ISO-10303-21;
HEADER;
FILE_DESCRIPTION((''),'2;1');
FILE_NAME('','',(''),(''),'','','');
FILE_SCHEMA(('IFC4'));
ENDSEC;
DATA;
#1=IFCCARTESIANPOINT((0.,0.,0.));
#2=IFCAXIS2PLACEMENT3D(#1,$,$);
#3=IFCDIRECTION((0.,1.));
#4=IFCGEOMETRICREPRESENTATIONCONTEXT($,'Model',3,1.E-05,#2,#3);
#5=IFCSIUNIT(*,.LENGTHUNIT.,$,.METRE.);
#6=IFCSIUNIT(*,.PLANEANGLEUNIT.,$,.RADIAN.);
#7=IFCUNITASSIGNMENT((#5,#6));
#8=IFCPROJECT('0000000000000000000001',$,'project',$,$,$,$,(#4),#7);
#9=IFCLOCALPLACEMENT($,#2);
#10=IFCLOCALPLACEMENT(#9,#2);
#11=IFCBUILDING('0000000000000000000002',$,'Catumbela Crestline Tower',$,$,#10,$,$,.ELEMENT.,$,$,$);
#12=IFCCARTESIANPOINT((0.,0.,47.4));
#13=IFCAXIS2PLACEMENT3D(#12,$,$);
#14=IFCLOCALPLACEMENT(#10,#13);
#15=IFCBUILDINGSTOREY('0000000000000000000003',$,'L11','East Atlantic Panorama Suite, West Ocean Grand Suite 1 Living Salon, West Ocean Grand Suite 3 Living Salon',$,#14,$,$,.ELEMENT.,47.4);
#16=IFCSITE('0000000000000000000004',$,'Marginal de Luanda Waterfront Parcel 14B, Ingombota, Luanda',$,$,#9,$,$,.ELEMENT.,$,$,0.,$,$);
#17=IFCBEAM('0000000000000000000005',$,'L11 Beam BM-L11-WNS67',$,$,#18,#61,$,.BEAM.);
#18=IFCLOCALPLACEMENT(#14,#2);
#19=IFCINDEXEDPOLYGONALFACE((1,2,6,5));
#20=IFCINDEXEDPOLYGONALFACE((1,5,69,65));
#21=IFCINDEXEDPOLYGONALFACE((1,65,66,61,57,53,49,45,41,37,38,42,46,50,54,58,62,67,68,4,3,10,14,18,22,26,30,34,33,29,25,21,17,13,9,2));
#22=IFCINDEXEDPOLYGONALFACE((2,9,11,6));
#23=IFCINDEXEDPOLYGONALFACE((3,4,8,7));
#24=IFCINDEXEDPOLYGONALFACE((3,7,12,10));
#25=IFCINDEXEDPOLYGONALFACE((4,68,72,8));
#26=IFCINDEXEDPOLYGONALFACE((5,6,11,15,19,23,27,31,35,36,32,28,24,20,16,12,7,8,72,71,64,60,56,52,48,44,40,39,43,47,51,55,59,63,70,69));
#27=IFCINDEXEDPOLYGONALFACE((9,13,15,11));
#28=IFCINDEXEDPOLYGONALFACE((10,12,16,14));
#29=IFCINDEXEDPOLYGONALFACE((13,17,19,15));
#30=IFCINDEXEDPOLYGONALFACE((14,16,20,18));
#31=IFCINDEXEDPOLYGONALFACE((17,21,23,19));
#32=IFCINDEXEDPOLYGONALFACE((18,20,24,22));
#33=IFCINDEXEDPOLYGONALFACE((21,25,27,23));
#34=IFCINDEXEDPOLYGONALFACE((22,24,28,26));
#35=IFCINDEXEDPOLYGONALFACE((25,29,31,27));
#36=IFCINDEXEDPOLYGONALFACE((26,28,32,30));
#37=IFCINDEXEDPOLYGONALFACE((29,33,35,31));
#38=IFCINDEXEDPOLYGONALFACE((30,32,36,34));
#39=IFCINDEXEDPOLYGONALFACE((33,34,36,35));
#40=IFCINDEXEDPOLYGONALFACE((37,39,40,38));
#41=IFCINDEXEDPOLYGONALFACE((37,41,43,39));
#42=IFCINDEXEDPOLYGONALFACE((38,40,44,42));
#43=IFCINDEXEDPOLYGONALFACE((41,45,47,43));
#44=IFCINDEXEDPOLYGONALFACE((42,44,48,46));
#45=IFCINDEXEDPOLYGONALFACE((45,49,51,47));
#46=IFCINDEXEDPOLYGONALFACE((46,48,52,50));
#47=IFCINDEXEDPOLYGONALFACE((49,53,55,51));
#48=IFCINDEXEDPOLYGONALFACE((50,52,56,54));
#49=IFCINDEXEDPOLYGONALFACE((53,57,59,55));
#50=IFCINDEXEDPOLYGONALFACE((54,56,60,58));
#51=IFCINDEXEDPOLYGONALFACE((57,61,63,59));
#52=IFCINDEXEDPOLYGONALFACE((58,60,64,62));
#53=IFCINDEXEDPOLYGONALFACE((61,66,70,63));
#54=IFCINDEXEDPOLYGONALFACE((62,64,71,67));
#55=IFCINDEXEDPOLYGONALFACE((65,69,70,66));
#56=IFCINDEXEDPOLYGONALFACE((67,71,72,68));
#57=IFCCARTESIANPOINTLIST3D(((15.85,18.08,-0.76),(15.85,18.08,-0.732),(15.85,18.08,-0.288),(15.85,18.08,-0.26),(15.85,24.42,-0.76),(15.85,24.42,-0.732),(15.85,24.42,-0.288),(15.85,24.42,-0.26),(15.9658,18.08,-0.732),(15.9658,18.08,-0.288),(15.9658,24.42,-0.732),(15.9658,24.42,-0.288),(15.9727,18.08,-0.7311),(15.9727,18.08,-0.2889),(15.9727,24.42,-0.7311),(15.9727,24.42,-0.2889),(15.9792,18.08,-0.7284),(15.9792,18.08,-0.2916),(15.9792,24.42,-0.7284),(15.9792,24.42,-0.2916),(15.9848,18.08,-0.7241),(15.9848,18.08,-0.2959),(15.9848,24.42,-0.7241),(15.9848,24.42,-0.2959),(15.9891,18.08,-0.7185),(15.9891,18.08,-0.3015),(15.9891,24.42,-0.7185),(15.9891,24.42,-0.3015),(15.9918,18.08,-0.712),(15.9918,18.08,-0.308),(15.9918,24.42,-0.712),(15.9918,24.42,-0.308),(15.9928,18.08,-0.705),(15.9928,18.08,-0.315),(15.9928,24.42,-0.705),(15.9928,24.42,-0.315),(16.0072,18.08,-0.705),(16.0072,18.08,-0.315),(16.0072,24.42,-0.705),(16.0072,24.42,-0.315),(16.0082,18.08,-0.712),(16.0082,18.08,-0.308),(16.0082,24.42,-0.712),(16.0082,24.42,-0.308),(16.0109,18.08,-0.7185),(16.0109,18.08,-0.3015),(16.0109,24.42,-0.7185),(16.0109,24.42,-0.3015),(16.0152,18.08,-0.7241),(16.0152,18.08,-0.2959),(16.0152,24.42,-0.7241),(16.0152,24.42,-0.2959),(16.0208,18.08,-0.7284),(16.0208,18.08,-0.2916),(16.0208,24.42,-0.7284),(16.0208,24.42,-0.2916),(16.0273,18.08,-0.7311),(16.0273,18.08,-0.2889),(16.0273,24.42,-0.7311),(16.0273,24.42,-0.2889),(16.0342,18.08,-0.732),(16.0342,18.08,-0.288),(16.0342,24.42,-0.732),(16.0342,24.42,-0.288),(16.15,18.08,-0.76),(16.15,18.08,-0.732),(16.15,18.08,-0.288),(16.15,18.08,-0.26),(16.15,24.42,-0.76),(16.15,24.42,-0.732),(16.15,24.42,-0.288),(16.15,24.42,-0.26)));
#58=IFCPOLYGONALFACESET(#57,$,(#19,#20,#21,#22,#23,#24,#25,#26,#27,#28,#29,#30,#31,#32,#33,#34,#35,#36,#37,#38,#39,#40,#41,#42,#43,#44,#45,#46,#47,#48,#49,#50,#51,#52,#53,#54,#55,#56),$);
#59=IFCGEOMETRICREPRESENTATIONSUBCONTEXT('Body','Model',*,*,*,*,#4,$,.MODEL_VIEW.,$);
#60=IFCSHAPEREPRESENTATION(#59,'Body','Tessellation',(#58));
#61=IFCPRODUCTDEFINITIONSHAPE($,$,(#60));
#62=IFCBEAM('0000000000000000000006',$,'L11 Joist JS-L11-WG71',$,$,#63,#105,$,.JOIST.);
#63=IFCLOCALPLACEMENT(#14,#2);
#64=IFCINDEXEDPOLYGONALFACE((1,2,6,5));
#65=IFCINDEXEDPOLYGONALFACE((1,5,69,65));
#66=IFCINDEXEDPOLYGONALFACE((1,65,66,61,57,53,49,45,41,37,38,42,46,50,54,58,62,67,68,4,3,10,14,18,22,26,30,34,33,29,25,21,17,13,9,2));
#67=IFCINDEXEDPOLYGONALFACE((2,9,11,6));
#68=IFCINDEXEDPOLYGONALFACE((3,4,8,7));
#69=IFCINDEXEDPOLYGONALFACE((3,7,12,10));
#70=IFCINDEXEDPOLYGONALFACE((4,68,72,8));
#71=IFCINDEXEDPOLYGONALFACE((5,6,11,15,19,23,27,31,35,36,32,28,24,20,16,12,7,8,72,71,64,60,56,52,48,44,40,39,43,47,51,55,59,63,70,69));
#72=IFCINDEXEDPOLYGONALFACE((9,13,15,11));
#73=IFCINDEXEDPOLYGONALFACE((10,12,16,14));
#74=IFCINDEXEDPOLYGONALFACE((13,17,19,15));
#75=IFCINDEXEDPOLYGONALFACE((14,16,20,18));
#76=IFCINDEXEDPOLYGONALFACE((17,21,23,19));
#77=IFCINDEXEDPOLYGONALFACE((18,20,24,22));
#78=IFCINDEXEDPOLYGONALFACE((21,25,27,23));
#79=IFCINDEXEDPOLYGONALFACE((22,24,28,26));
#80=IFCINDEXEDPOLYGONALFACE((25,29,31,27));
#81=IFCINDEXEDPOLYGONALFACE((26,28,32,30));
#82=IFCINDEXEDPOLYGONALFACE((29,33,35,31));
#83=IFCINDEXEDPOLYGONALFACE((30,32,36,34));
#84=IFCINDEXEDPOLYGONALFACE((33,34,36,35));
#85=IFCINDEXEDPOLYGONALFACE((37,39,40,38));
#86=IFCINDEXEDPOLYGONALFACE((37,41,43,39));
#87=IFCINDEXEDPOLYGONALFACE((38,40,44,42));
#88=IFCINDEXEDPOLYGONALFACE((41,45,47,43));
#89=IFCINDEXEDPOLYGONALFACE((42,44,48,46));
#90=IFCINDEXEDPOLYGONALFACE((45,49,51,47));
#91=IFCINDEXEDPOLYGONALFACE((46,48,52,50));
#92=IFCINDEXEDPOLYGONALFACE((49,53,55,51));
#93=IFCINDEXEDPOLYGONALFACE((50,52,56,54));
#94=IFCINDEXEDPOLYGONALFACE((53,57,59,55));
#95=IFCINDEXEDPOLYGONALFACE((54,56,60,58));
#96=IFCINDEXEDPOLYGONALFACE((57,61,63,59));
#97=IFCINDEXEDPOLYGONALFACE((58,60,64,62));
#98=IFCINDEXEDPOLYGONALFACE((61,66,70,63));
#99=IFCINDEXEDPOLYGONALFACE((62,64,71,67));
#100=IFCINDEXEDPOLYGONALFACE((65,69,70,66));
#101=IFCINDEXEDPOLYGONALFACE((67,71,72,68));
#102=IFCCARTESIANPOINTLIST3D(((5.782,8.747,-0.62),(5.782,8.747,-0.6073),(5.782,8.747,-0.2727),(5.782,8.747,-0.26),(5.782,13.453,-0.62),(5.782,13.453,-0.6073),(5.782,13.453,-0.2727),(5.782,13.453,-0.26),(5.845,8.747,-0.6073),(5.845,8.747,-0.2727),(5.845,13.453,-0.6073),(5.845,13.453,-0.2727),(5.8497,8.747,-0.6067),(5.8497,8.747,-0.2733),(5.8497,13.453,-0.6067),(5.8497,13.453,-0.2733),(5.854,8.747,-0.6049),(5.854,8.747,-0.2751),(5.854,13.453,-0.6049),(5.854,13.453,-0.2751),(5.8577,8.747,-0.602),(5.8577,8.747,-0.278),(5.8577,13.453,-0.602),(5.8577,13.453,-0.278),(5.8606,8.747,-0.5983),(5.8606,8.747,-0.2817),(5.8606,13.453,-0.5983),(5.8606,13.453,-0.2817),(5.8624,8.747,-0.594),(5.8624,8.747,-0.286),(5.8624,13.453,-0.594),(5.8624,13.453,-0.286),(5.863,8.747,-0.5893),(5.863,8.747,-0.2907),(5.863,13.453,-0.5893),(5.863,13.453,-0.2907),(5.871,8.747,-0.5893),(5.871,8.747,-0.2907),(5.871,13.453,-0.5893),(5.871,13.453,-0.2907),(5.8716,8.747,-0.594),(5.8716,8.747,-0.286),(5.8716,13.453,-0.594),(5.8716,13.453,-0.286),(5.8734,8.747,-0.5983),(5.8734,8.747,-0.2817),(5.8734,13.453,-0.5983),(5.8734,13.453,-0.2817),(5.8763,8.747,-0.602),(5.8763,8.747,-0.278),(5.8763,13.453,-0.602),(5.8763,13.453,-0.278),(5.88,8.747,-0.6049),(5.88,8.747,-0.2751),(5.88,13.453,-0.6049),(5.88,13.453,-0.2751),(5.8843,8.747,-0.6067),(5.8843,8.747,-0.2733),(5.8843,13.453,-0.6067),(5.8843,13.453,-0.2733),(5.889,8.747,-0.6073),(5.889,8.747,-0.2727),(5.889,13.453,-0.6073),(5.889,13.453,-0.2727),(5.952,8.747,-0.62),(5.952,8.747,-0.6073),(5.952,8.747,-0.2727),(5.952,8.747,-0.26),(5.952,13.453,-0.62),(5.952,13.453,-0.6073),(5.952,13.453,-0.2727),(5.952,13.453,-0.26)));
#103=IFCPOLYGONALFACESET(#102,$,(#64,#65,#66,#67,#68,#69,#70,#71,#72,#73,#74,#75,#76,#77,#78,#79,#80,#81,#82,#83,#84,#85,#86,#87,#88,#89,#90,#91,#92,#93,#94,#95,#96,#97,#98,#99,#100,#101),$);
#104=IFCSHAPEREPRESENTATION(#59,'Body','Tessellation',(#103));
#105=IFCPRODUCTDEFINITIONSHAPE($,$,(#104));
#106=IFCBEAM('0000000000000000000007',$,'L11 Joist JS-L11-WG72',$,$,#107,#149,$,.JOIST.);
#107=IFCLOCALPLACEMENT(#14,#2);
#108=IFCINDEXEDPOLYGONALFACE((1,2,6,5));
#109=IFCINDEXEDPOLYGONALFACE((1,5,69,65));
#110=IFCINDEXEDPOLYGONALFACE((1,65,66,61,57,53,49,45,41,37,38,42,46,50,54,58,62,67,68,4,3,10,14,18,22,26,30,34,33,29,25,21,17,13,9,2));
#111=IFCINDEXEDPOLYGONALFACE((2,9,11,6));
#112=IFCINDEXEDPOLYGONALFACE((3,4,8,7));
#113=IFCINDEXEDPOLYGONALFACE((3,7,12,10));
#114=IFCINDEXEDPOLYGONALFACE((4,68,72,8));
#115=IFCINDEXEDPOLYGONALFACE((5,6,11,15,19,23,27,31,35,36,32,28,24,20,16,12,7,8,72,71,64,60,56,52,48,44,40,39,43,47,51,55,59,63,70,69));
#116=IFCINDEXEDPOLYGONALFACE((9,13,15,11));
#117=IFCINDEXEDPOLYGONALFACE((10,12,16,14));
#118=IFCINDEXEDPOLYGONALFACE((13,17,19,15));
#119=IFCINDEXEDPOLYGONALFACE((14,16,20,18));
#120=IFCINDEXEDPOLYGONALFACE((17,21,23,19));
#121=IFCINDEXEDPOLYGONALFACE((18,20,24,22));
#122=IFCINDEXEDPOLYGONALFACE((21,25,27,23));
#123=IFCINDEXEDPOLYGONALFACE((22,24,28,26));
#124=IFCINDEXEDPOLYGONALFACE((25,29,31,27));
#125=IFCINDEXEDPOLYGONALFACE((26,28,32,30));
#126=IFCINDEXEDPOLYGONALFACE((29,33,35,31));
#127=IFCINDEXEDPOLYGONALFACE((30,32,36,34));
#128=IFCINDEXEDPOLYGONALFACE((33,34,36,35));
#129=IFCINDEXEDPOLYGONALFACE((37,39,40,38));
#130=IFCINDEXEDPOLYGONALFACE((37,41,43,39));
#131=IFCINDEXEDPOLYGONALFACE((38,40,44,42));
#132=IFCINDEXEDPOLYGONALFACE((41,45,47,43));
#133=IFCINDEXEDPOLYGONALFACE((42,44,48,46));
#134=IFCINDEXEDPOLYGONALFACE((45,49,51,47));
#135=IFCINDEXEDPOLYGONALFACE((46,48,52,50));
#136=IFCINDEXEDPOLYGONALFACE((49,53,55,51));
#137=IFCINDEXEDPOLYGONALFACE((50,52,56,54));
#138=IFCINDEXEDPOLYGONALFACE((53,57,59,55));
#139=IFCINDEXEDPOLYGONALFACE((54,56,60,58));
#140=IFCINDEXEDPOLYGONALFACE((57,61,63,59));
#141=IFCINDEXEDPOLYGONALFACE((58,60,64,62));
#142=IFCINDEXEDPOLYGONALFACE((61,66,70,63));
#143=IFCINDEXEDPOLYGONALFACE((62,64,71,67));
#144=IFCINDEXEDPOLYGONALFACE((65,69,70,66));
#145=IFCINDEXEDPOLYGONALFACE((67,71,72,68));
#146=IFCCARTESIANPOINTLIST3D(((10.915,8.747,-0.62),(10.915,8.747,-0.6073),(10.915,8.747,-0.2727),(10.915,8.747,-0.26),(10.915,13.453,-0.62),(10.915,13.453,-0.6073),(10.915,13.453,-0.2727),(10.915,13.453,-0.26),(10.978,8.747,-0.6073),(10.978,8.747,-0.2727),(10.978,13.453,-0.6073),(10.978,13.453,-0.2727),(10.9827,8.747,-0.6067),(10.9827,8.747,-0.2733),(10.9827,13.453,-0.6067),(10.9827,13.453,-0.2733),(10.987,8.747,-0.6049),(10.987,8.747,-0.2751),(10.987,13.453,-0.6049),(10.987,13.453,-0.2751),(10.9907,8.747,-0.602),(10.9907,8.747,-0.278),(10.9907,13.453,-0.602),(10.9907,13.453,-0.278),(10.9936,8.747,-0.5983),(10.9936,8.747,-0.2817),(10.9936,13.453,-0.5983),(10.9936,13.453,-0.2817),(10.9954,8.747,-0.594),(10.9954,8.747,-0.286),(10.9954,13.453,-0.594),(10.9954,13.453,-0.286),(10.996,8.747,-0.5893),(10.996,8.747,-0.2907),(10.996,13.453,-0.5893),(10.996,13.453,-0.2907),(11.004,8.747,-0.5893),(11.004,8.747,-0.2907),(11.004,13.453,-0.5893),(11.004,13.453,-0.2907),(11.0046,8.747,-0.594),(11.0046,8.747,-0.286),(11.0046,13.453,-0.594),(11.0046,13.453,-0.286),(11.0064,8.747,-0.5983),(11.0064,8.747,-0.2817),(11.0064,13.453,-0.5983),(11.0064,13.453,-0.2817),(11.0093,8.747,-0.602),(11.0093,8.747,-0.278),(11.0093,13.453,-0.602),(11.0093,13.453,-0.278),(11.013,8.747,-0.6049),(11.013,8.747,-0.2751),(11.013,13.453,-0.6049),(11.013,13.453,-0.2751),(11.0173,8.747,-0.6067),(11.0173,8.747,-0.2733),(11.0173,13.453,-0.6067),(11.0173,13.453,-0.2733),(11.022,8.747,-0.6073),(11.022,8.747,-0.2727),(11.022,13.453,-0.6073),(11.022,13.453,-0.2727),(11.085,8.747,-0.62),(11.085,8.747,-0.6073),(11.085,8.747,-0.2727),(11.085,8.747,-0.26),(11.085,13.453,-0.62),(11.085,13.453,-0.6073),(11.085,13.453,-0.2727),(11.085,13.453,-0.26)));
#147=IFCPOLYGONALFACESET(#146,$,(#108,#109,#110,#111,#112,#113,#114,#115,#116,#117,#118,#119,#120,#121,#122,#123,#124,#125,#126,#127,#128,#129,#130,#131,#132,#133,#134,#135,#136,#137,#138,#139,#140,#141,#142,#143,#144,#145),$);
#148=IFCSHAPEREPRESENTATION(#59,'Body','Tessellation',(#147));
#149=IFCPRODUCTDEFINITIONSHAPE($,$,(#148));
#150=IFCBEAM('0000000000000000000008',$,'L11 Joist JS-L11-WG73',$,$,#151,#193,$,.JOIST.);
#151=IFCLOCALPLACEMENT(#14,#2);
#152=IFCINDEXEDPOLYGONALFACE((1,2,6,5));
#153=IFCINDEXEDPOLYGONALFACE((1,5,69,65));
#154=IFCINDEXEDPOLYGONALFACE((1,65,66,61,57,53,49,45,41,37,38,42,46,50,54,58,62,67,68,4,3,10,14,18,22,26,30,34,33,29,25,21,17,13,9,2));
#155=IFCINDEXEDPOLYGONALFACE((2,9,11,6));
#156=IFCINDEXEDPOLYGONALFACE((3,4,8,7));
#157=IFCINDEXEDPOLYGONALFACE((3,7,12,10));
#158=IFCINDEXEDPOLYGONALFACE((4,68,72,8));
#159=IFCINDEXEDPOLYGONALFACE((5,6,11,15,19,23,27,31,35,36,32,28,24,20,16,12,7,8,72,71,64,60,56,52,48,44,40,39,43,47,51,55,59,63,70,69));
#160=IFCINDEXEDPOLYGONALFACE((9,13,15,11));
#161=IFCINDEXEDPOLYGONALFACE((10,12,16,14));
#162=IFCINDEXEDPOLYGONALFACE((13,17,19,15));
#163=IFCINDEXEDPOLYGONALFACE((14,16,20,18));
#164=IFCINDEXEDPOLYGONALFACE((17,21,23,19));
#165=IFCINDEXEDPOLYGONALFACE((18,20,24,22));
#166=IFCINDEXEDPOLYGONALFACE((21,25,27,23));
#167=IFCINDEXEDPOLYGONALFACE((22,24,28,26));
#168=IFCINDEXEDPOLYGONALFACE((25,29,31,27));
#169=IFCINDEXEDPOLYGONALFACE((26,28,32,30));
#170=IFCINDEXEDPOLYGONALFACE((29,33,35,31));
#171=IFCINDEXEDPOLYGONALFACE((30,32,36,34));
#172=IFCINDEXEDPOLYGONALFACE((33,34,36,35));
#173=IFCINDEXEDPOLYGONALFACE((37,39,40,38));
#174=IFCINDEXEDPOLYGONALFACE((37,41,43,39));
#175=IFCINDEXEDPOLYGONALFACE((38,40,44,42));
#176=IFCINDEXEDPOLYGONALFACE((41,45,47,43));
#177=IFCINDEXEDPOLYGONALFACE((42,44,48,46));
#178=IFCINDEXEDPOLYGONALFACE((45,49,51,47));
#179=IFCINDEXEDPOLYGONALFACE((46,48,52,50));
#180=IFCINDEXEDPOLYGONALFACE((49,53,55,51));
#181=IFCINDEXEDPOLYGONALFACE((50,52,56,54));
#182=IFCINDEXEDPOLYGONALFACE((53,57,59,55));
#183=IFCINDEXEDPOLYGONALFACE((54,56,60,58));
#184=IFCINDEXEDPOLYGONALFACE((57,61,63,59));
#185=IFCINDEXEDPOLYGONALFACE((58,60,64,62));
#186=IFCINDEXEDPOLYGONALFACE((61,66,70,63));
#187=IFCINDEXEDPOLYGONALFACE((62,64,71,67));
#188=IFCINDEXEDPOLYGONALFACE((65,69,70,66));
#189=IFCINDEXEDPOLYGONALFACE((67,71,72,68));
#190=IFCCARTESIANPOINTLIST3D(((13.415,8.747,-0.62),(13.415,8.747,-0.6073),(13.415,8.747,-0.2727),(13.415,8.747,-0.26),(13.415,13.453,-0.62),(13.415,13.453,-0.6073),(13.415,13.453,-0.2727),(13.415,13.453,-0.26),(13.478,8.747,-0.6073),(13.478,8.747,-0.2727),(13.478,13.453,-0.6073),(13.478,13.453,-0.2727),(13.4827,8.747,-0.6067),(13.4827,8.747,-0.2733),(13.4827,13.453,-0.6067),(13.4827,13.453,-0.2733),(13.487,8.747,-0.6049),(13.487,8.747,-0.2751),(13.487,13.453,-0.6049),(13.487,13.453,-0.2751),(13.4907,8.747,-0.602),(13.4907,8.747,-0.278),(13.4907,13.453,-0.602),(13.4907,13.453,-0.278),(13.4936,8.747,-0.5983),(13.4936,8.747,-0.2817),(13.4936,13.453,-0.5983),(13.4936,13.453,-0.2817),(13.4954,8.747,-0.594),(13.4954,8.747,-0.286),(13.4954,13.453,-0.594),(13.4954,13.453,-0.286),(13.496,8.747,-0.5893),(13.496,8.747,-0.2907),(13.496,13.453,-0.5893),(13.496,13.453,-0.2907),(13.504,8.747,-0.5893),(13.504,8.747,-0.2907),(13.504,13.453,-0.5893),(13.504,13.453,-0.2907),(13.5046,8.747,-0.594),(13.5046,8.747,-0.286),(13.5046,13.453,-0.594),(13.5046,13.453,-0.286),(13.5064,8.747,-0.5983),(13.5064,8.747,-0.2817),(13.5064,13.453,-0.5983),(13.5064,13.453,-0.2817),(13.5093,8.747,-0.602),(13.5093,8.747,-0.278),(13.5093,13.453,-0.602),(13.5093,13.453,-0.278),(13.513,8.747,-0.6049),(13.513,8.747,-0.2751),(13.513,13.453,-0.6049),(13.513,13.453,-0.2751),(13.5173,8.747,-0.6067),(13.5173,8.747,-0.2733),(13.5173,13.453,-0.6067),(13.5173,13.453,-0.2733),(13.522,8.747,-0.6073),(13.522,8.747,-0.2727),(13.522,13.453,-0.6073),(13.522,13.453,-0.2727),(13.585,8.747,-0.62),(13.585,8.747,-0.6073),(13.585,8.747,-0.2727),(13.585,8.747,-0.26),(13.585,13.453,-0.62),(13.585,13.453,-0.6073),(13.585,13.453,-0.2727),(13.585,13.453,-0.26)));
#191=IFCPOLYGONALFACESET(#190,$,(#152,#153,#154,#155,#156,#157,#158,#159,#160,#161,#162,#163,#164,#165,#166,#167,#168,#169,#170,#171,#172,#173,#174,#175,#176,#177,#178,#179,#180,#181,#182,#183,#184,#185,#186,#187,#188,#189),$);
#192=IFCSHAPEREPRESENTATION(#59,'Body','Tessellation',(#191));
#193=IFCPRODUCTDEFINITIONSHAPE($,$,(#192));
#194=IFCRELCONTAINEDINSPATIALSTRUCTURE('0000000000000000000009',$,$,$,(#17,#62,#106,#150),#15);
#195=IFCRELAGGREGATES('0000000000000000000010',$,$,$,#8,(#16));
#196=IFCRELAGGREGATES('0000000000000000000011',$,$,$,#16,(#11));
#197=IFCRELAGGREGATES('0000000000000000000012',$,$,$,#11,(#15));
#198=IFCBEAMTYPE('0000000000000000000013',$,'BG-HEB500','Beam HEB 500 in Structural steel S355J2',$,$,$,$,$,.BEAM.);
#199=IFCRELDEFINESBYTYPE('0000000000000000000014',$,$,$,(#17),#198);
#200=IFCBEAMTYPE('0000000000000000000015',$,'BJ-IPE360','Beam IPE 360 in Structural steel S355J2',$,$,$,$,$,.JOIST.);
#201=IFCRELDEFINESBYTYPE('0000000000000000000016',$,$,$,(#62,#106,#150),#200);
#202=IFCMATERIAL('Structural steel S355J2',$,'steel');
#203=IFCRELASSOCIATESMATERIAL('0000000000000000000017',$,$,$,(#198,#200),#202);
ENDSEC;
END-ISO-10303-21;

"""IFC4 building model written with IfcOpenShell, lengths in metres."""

from ifc_helpers import new_model, si_unit, direction, frame, origin, origin_2d, place, context, subcontext, project, spatial, i_section, extrude, material, material_profile, profile_set, type_object, element, save


model = new_model("IFC4")

# Units and contexts
model_context = context("Model", 3, precision=1e-05, world=origin(), true_north=direction((0.0, 1.0)))
body_context = subcontext(model_context, "Body", "Model", "MODEL_VIEW")
ifc_project = project(units=[si_unit("LENGTHUNIT", "METRE"), si_unit("PLANEANGLEUNIT", "RADIAN")], contexts=[model_context])

# Site, building, storey
site_placement = place(None, origin())
site = spatial("IfcSite", under=ifc_project, at=site_placement, Name="Marginal de Luanda Waterfront Parcel 14B, Ingombota, Luanda", CompositionType="ELEMENT", RefElevation=0.0)
building_placement = place(site_placement, origin())
building = spatial("IfcBuilding", under=site, at=building_placement, Name="Catumbela Crestline Tower", CompositionType="ELEMENT")
storey_placement = place(building_placement, frame((0.0, 0.0, 47.4)))
storey = spatial("IfcBuildingStorey", under=building, at=storey_placement, Name="L11", Description="East Atlantic Panorama Suite, West Ocean Grand Suite 1 Living Salon, West Ocean Grand Suite 3 Living Salon", CompositionType="ELEMENT", Elevation=47.4)

# Beams
ifc_material_1 = material(Name="Structural steel S355J2", Category="steel")
ifc_material_profile_1 = material_profile(ifc_material_1, i_section(OverallWidth=0.3, OverallDepth=0.5, WebThickness=0.0145, FlangeThickness=0.028, FilletRadius=0.027, at=origin_2d()), Name="HEB 500")
ifc_profile_set_1 = profile_set([ifc_material_profile_1], Name="Structural steel S355J2")
beam_type_1 = type_object("IfcBeamType", Name="BG-HEB500", Description="Beam HEB 500 in Structural steel S355J2", PredefinedType="BEAM", material=ifc_profile_set_1)
beam_1_placement = place(storey_placement, frame((16.0, 18.08, -0.51), z_axis=(0.0, 1.0, 0.0), x_axis=(-1.0, 0.0, 0.0)))
element("IfcBeam", 1, at=beam_1_placement, inside=storey, type_object=beam_type_1, Name="L11 Beam BM-L11-WNS67", PredefinedType="BEAM", context=body_context, shape_type="SweptSolid", body=[
    extrude(i_section(OverallWidth=0.3, OverallDepth=0.5, WebThickness=0.0145, FlangeThickness=0.028, FilletRadius=0.027, at=origin_2d()), origin(), (0.0, 0.0, 1.0), 6.34),
])
ifc_material_profile_2 = material_profile(ifc_material_1, i_section(OverallWidth=0.17, OverallDepth=0.36, WebThickness=0.008, FlangeThickness=0.0127, FilletRadius=0.018, at=origin_2d()), Name="IPE 360")
ifc_profile_set_2 = profile_set([ifc_material_profile_2], Name="Structural steel S355J2")
beam_type_2 = type_object("IfcBeamType", Name="BJ-IPE360", Description="Beam IPE 360 in Structural steel S355J2", PredefinedType="JOIST", material=ifc_profile_set_2)
for number, where, z_axis, x_axis, name in (
    (2, (5.867, 8.747, -0.44), (0.0, 1.0, 0.0), (-1.0, 0.0, 0.0), "L11 Joist JS-L11-WG71"),
    (3, (11.0, 8.747, -0.44), (0.0, 1.0, 0.0), (-1.0, 0.0, 0.0), "L11 Joist JS-L11-WG72"),
    (4, (13.5, 8.747, -0.44), (0.0, 1.0, 0.0), (-1.0, 0.0, 0.0), "L11 Joist JS-L11-WG73"),
):
    element("IfcBeam", number, at=place(storey_placement, frame(where, z_axis=z_axis, x_axis=x_axis)), inside=storey, type_object=beam_type_2, Name=name, PredefinedType="JOIST", context=body_context, shape_type="SweptSolid", body=[
        extrude(i_section(OverallWidth=0.17, OverallDepth=0.36, WebThickness=0.008, FlangeThickness=0.0127, FilletRadius=0.018, at=origin_2d()), origin(), (0.0, 0.0, 1.0), 4.706),
    ])

save(model, "model.ifc")
